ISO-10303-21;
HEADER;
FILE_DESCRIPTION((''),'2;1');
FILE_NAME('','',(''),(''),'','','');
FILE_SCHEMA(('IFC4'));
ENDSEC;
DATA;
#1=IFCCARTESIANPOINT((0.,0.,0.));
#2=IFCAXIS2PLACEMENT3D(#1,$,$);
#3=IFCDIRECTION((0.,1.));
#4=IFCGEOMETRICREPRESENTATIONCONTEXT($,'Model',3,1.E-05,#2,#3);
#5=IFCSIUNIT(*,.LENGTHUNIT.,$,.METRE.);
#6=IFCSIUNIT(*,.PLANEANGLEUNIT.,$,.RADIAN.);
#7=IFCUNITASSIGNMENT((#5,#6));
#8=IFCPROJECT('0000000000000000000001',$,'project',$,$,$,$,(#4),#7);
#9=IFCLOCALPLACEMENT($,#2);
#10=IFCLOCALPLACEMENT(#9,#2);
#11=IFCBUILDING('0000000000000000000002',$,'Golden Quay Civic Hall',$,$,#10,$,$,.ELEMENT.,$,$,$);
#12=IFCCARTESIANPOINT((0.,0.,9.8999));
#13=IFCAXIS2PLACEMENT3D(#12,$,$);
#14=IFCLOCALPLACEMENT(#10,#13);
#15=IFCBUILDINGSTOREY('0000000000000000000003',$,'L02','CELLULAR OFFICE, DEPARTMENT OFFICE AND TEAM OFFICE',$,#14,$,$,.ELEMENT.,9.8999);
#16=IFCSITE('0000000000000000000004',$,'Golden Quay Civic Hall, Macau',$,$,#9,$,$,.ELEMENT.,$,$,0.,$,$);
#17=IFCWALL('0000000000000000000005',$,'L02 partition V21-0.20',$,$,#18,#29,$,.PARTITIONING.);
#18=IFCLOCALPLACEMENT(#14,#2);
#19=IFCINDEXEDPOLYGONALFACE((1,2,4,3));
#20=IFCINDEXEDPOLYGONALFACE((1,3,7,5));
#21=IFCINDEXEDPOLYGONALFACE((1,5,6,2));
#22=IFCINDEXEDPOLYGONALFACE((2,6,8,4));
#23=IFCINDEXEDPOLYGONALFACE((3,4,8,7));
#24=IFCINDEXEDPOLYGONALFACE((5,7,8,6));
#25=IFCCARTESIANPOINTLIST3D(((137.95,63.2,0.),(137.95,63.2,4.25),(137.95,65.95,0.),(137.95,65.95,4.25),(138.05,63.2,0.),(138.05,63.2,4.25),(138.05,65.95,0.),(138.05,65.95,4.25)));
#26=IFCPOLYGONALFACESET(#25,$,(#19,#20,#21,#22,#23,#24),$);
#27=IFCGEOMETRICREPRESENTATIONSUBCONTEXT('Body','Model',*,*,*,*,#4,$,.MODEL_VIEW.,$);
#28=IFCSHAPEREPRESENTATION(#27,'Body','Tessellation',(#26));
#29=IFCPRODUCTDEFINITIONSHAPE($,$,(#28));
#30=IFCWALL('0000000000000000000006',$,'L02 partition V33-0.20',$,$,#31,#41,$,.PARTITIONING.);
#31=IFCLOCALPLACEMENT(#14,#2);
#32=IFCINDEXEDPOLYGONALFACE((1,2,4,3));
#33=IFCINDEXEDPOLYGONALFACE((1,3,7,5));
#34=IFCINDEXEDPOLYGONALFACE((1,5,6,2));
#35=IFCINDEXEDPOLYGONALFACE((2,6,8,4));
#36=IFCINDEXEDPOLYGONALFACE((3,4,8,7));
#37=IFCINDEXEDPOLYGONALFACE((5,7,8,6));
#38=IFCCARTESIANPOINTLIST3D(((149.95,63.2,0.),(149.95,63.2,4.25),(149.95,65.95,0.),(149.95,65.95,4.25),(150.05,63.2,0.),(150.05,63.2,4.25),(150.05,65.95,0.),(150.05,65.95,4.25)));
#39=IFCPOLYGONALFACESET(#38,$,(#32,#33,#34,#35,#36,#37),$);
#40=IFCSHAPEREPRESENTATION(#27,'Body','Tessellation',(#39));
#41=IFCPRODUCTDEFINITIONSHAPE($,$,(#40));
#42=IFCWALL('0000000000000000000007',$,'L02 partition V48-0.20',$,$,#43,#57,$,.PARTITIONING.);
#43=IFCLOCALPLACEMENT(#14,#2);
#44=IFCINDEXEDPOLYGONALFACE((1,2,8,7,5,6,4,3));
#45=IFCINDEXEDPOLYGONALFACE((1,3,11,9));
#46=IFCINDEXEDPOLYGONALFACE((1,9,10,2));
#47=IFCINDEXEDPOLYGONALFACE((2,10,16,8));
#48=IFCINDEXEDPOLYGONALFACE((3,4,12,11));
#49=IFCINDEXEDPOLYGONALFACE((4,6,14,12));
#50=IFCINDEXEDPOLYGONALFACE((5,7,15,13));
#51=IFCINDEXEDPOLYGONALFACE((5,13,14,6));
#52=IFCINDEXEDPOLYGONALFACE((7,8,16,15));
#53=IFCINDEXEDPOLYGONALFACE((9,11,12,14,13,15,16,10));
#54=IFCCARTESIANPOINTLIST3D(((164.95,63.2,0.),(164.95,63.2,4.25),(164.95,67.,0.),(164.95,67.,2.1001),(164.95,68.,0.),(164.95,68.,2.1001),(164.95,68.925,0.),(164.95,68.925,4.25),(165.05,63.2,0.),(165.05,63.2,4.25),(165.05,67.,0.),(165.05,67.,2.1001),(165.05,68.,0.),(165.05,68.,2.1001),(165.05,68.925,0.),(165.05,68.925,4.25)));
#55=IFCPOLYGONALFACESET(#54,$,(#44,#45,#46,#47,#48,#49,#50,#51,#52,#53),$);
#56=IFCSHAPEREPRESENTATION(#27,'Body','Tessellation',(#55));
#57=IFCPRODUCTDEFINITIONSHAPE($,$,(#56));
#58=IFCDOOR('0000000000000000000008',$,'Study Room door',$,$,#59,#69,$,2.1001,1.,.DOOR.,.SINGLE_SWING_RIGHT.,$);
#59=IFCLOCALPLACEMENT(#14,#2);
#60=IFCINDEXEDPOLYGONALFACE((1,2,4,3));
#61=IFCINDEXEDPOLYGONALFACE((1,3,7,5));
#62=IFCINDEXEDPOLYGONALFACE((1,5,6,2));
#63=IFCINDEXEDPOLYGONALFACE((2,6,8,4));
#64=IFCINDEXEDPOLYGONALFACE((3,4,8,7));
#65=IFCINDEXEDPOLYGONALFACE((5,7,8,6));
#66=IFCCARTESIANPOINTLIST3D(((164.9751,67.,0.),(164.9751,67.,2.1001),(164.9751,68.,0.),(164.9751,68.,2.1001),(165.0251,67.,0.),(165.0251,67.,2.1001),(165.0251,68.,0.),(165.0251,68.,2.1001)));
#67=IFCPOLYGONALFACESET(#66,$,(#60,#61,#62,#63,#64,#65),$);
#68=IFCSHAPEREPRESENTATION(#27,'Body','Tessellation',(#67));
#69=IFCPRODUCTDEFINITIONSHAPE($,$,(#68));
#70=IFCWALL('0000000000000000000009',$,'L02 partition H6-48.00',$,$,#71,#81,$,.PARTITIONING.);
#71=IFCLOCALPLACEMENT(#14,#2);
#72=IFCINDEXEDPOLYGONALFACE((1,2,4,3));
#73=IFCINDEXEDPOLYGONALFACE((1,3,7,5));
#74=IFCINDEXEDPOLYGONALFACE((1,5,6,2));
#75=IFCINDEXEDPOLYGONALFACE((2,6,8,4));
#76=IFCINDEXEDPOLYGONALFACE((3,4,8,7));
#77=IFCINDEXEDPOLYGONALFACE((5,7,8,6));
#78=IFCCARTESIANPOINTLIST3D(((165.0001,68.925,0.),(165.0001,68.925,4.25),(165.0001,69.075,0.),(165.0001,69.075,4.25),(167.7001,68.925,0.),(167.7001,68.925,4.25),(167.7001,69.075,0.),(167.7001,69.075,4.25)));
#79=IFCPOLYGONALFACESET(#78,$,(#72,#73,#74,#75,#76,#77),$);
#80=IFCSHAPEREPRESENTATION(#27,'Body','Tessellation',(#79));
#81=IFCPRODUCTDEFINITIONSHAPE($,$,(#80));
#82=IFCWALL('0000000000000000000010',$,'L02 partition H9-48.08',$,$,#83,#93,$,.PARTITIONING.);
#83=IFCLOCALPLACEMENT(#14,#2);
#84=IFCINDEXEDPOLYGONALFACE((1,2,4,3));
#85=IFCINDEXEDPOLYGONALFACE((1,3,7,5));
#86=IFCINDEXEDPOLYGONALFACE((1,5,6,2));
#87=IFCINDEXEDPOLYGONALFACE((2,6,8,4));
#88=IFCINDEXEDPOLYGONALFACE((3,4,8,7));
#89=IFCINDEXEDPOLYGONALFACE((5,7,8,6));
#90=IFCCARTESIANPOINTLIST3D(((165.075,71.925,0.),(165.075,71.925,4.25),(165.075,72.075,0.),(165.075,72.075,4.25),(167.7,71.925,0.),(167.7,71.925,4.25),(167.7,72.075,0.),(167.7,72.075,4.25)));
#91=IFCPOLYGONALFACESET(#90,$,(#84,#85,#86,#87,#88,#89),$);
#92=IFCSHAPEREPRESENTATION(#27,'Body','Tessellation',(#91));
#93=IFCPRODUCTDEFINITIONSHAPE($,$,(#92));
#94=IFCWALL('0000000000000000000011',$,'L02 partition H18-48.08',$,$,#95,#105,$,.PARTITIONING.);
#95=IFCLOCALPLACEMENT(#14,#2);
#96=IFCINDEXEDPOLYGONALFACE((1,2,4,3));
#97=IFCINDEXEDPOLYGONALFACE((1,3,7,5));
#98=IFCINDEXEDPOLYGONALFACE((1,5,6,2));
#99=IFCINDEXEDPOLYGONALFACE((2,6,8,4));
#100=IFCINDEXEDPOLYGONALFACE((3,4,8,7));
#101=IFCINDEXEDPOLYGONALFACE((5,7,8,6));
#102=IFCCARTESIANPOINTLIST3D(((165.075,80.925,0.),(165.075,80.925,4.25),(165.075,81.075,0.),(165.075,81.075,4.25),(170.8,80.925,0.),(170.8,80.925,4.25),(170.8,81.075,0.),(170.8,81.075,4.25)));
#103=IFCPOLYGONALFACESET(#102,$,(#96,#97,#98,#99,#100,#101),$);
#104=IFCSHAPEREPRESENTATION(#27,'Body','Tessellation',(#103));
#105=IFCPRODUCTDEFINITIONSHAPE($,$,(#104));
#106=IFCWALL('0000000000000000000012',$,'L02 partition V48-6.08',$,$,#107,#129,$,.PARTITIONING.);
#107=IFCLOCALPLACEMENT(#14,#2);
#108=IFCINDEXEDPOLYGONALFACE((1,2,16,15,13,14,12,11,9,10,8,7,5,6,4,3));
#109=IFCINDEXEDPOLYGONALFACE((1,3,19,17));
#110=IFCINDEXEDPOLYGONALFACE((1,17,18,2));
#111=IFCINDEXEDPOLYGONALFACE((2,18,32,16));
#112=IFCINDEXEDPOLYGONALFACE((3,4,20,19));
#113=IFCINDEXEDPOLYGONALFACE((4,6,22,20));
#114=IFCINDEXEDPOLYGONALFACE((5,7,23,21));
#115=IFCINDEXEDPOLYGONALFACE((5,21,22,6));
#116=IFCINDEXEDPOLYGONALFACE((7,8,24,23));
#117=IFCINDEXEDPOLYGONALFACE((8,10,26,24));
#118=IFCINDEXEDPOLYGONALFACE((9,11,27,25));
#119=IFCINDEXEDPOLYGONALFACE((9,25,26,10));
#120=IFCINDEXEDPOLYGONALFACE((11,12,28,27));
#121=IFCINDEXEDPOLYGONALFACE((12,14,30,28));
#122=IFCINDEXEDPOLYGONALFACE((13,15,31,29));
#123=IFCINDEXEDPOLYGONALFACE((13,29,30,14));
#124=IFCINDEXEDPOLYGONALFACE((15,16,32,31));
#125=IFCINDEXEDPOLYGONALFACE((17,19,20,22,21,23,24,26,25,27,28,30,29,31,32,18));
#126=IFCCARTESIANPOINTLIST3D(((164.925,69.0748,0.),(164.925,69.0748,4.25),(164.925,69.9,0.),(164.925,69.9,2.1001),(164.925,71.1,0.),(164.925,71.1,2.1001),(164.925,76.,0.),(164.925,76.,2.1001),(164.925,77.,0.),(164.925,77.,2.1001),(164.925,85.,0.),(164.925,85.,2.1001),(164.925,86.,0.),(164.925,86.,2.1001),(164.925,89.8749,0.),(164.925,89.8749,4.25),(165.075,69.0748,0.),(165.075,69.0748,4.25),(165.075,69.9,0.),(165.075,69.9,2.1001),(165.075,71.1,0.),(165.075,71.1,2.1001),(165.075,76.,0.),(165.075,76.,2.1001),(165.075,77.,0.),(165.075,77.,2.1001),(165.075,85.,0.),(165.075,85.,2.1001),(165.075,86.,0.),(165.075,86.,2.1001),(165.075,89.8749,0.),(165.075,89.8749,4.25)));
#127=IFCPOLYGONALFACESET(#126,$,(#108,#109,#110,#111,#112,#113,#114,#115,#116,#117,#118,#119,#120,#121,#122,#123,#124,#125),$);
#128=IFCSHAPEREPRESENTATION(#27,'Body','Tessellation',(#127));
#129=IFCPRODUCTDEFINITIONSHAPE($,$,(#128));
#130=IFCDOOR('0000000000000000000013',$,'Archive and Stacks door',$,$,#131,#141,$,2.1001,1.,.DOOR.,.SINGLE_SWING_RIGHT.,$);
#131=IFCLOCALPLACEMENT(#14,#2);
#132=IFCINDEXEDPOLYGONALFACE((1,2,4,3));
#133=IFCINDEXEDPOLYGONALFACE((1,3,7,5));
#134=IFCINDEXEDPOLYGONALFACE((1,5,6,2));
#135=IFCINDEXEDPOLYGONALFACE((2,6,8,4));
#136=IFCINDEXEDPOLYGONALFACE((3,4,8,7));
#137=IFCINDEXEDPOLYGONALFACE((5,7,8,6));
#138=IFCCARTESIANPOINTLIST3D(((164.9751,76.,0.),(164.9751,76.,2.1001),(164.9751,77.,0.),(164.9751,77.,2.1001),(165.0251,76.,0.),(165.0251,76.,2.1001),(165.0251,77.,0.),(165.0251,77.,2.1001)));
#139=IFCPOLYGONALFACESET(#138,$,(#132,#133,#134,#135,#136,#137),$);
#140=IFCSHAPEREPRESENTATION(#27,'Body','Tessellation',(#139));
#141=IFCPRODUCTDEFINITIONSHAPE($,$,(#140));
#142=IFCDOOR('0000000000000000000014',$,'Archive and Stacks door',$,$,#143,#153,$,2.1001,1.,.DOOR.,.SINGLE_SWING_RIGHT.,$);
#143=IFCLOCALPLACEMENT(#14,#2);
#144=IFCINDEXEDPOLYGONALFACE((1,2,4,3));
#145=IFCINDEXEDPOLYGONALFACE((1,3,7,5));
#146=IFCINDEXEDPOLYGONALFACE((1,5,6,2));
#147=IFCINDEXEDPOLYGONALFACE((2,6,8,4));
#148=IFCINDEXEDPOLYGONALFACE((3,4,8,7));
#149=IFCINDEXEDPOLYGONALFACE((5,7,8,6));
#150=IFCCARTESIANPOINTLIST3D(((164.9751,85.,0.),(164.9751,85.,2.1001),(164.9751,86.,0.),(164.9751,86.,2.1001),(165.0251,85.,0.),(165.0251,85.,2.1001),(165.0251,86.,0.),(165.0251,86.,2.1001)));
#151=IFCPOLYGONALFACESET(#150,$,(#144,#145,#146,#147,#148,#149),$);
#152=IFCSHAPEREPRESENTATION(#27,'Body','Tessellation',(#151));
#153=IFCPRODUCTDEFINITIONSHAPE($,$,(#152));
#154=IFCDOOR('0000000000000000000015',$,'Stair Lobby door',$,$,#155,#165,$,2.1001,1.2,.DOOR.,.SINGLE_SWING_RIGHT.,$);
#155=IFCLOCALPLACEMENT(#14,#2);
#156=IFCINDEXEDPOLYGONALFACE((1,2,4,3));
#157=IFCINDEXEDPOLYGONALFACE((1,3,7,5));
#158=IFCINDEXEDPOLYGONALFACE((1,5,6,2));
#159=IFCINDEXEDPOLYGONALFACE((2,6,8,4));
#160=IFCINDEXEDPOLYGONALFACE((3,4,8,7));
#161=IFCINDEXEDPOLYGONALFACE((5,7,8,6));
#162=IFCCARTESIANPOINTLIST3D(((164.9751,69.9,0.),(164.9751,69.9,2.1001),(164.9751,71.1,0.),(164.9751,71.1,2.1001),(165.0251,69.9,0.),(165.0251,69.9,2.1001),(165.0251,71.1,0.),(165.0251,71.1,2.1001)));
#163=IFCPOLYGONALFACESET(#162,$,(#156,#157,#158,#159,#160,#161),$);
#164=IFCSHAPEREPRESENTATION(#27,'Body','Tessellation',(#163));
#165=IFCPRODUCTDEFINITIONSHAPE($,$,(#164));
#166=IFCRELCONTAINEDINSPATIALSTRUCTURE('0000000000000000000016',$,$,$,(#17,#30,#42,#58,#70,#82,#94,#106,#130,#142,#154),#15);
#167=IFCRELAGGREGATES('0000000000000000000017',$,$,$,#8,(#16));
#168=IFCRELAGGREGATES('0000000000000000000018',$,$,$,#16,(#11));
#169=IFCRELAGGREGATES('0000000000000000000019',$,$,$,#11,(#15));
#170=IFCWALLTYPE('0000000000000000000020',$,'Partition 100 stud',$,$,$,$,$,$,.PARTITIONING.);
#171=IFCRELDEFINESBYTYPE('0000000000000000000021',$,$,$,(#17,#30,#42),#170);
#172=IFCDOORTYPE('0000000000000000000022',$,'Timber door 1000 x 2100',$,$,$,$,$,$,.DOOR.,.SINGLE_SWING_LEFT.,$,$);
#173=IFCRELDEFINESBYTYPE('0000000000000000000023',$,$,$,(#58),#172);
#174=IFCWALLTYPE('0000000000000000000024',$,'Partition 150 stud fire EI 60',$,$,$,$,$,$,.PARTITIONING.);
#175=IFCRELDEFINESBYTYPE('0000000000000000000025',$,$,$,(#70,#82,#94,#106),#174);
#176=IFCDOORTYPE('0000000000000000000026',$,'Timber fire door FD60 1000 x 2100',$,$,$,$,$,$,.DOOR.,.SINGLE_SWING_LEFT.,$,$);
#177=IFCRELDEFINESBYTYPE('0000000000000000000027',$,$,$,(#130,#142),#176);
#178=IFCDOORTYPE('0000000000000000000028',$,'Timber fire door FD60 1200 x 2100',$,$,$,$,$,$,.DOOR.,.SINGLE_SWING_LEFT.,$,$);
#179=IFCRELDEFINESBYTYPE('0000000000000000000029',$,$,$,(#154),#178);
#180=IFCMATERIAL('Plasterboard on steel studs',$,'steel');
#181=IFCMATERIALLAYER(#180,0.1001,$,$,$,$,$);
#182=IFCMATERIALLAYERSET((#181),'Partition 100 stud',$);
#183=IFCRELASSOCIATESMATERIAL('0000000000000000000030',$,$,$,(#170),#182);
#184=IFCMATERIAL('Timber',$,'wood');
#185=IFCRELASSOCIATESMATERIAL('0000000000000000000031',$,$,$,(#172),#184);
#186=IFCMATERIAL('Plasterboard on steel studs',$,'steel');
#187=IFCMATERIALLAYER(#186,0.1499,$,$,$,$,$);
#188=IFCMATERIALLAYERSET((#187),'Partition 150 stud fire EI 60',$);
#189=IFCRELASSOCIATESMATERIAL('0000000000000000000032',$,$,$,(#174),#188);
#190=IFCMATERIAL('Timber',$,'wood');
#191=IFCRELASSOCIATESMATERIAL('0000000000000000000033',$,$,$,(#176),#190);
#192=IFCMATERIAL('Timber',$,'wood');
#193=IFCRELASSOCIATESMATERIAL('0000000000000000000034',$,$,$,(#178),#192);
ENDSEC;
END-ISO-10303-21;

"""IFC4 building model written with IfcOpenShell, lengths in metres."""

from ifc_helpers import new_model, si_unit, direction, frame, frame_2d, origin, place, context, subcontext, project, spatial, rectangle, extrude, material, layer, layer_set, type_object, element, fill, save


model = new_model("IFC4")

# Units and contexts
model_context = context("Model", 3, precision=1e-05, world=origin(), true_north=direction((0.0, 1.0)))
body_context = subcontext(model_context, "Body", "Model", "MODEL_VIEW")
ifc_project = project(units=[si_unit("LENGTHUNIT", "METRE"), si_unit("PLANEANGLEUNIT", "RADIAN")], contexts=[model_context])

# Site, building, storey
site_placement = place(None, origin())
site = spatial("IfcSite", under=ifc_project, at=site_placement, Name="Golden Quay Civic Hall, Macau", CompositionType="ELEMENT", RefElevation=0.0)
building_placement = place(site_placement, origin())
building = spatial("IfcBuilding", under=site, at=building_placement, Name="Golden Quay Civic Hall", CompositionType="ELEMENT")
storey_placement = place(building_placement, frame((0.0, 0.0, 9.8999)))
storey = spatial("IfcBuildingStorey", under=building, at=storey_placement, Name="L02", Description="CELLULAR OFFICE, DEPARTMENT OFFICE AND TEAM OFFICE", CompositionType="ELEMENT", Elevation=9.8999)

# Walls
ifc_material_1 = material(Name="Plasterboard on steel studs", Category="steel")
ifc_layer_1 = layer(ifc_material_1, 0.1001)
ifc_layer_set_1 = layer_set([ifc_layer_1], Name="Partition 100 stud")
wall_type_1 = type_object("IfcWallType", Name="Partition 100 stud", PredefinedType="PARTITIONING", material=ifc_layer_set_1)
for number, where, z_axis, x_axis, name in (
    (1, (138.0, 63.2, 0.0), (0.0, 0.0, 1.0), (0.0, 1.0, 0.0), "L02 partition V21-0.20"),
    (2, (150.0, 63.2, 0.0), (0.0, 0.0, 1.0), (0.0, 1.0, 0.0), "L02 partition V33-0.20"),
):
    element("IfcWall", number, at=place(storey_placement, frame(where, z_axis=z_axis, x_axis=x_axis)), inside=storey, type_object=wall_type_1, Name=name, PredefinedType="PARTITIONING", context=body_context, shape_type="SweptSolid", body=[
        extrude(rectangle(XDim=2.75, YDim=0.1001, at=frame_2d((1.375, 0.0))), origin(), (0.0, 0.0, 1.0), 4.25),
    ])

# Wall, opening, door
wall_1_placement = place(storey_placement, frame((165.0, 63.2, 0.0), z_axis=(0.0, 0.0, 1.0), x_axis=(0.0, 1.0, 0.0)))
wall_1 = element("IfcWall", 3, at=wall_1_placement, inside=storey, type_object=wall_type_1, Name="L02 partition V48-0.20", PredefinedType="PARTITIONING", context=body_context, shape_type="SweptSolid", body=[
    extrude(rectangle(XDim=5.7251, YDim=0.1001, at=frame_2d((2.8625, 0.0))), origin(), (0.0, 0.0, 1.0), 4.25),
])
opening_1_placement = place(wall_1_placement, frame((3.8, 0.0, 0.0)))
opening_1 = element("IfcOpeningElement", 4, at=opening_1_placement, cuts=wall_1, PredefinedType="OPENING", context=body_context, shape_type="SweptSolid", body=[
    extrude(rectangle(XDim=1.0, YDim=2.1001, at=frame_2d((0.5, 1.05))), frame((0.0, 0.0601, 0.0), z_axis=(0.0, -1.0, 0.0), x_axis=(1.0, 0.0, 0.0)), (0.0, 0.0, 1.0), 0.1201),
])
ifc_material_2 = material(Name="Timber", Category="wood")
door_type_1 = type_object("IfcDoorType", Name="Timber door 1000 x 2100", OperationType="SINGLE_SWING_LEFT", PredefinedType="DOOR", material=ifc_material_2)
door_1_placement = place(opening_1_placement, frame((1.0, 0.0, 0.0), z_axis=(0.0, 0.0, 1.0), x_axis=(-1.0, 0.0, 0.0)))
door_1 = element("IfcDoor", 5, at=door_1_placement, inside=storey, type_object=door_type_1, Name="Study Room door", OperationType="SINGLE_SWING_RIGHT", OverallHeight=2.1001, OverallWidth=1.0, PredefinedType="DOOR", context=body_context, shape_type="SweptSolid", body=[
    extrude(rectangle(XDim=1.0, YDim=2.1001, at=frame_2d((0.5, 1.05))), frame((0.0, 0.0251, 0.0), z_axis=(0.0, -1.0, 0.0), x_axis=(1.0, 0.0, 0.0)), (0.0, 0.0, 1.0), 0.05),
])
fill(opening_1, door_1)

# Walls
ifc_material_3 = material(Name="Plasterboard on steel studs", Category="steel")
ifc_layer_2 = layer(ifc_material_3, 0.1499)
ifc_layer_set_2 = layer_set([ifc_layer_2], Name="Partition 150 stud fire EI 60")
wall_type_2 = type_object("IfcWallType", Name="Partition 150 stud fire EI 60", PredefinedType="PARTITIONING", material=ifc_layer_set_2)
wall_2_placement = place(storey_placement, frame((165.0, 69.0, 0.0), z_axis=(0.0, 0.0, 1.0), x_axis=(1.0, 0.0, 0.0)))
element("IfcWall", 6, at=wall_2_placement, inside=storey, type_object=wall_type_2, Name="L02 partition H6-48.00", PredefinedType="PARTITIONING", context=body_context, shape_type="SweptSolid", body=[
    extrude(rectangle(XDim=2.7, YDim=0.1499, at=frame_2d((1.3501, 0.0))), origin(), (0.0, 0.0, 1.0), 4.25),
])
wall_3_placement = place(storey_placement, frame((165.075, 72.0, 0.0), z_axis=(0.0, 0.0, 1.0), x_axis=(1.0, 0.0, 0.0)))
element("IfcWall", 7, at=wall_3_placement, inside=storey, type_object=wall_type_2, Name="L02 partition H9-48.08", PredefinedType="PARTITIONING", context=body_context, shape_type="SweptSolid", body=[
    extrude(rectangle(XDim=2.625, YDim=0.1499, at=frame_2d((1.3125, 0.0))), origin(), (0.0, 0.0, 1.0), 4.25),
])
wall_4_placement = place(storey_placement, frame((165.075, 81.0, 0.0), z_axis=(0.0, 0.0, 1.0), x_axis=(1.0, 0.0, 0.0)))
element("IfcWall", 8, at=wall_4_placement, inside=storey, type_object=wall_type_2, Name="L02 partition H18-48.08", PredefinedType="PARTITIONING", context=body_context, shape_type="SweptSolid", body=[
    extrude(rectangle(XDim=5.7251, YDim=0.1499, at=frame_2d((2.8625, 0.0))), origin(), (0.0, 0.0, 1.0), 4.25),
])

# Wall, openings, doors
wall_5_placement = place(storey_placement, frame((165.0, 69.075, 0.0), z_axis=(0.0, 0.0, 1.0), x_axis=(0.0, 1.0, 0.0)))
wall_5 = element("IfcWall", 9, at=wall_5_placement, inside=storey, type_object=wall_type_2, Name="L02 partition V48-6.08", PredefinedType="PARTITIONING", context=body_context, shape_type="SweptSolid", body=[
    extrude(rectangle(XDim=20.8, YDim=0.1499, at=frame_2d((10.3999, 0.0))), origin(), (0.0, 0.0, 1.0), 4.25),
])
opening_2_placement = place(wall_5_placement, frame((0.825, 0.0, 0.0)))
opening_2 = element("IfcOpeningElement", 10, at=opening_2_placement, cuts=wall_5, PredefinedType="OPENING", context=body_context, shape_type="SweptSolid", body=[
    extrude(rectangle(XDim=1.2, YDim=2.1001, at=frame_2d((0.6001, 1.05))), frame((0.0, 0.085, 0.0), z_axis=(0.0, -1.0, 0.0), x_axis=(1.0, 0.0, 0.0)), (0.0, 0.0, 1.0), 0.1699),
])
opening_3_placement = place(wall_5_placement, frame((6.925, 0.0, 0.0)))
opening_3 = element("IfcOpeningElement", 11, at=opening_3_placement, cuts=wall_5, PredefinedType="OPENING", context=body_context, shape_type="SweptSolid", body=[
    extrude(rectangle(XDim=1.0, YDim=2.1001, at=frame_2d((0.5, 1.05))), frame((0.0, 0.085, 0.0), z_axis=(0.0, -1.0, 0.0), x_axis=(1.0, 0.0, 0.0)), (0.0, 0.0, 1.0), 0.1699),
])
opening_4_placement = place(wall_5_placement, frame((15.925, 0.0, 0.0)))
opening_4 = element("IfcOpeningElement", 12, at=opening_4_placement, cuts=wall_5, PredefinedType="OPENING", context=body_context, shape_type="SweptSolid", body=[
    extrude(rectangle(XDim=1.0, YDim=2.1001, at=frame_2d((0.5, 1.05))), frame((0.0, 0.085, 0.0), z_axis=(0.0, -1.0, 0.0), x_axis=(1.0, 0.0, 0.0)), (0.0, 0.0, 1.0), 0.1699),
])
ifc_material_4 = material(Name="Timber", Category="wood")
door_type_2 = type_object("IfcDoorType", Name="Timber fire door FD60 1000 x 2100", OperationType="SINGLE_SWING_LEFT", PredefinedType="DOOR", material=ifc_material_4)
door_2_placement = place(opening_3_placement, frame((1.0, 0.0, 0.0), z_axis=(0.0, 0.0, 1.0), x_axis=(-1.0, 0.0, 0.0)))
door_2 = element("IfcDoor", 13, at=door_2_placement, inside=storey, type_object=door_type_2, Name="Archive and Stacks door", OperationType="SINGLE_SWING_RIGHT", OverallHeight=2.1001, OverallWidth=1.0, PredefinedType="DOOR", context=body_context, shape_type="SweptSolid", body=[
    extrude(rectangle(XDim=1.0, YDim=2.1001, at=frame_2d((0.5, 1.05))), frame((0.0, 0.0251, 0.0), z_axis=(0.0, -1.0, 0.0), x_axis=(1.0, 0.0, 0.0)), (0.0, 0.0, 1.0), 0.05),
])
fill(opening_3, door_2)
door_3_placement = place(opening_4_placement, frame((1.0, 0.0, 0.0), z_axis=(0.0, 0.0, 1.0), x_axis=(-1.0, 0.0, 0.0)))
door_3 = element("IfcDoor", 14, at=door_3_placement, inside=storey, type_object=door_type_2, Name="Archive and Stacks door", OperationType="SINGLE_SWING_RIGHT", OverallHeight=2.1001, OverallWidth=1.0, PredefinedType="DOOR", context=body_context, shape_type="SweptSolid", body=[
    extrude(rectangle(XDim=1.0, YDim=2.1001, at=frame_2d((0.5, 1.05))), frame((0.0, 0.0251, 0.0), z_axis=(0.0, -1.0, 0.0), x_axis=(1.0, 0.0, 0.0)), (0.0, 0.0, 1.0), 0.05),
])
fill(opening_4, door_3)
ifc_material_5 = material(Name="Timber", Category="wood")
door_type_3 = type_object("IfcDoorType", Name="Timber fire door FD60 1200 x 2100", OperationType="SINGLE_SWING_LEFT", PredefinedType="DOOR", material=ifc_material_5)
door_4_placement = place(opening_2_placement, frame((1.2, 0.0, 0.0), z_axis=(0.0, 0.0, 1.0), x_axis=(-1.0, 0.0, 0.0)))
door_4 = element("IfcDoor", 15, at=door_4_placement, inside=storey, type_object=door_type_3, Name="Stair Lobby door", OperationType="SINGLE_SWING_RIGHT", OverallHeight=2.1001, OverallWidth=1.2, PredefinedType="DOOR", context=body_context, shape_type="SweptSolid", body=[
    extrude(rectangle(XDim=1.2, YDim=2.1001, at=frame_2d((0.5999, 1.05))), frame((0.0, 0.0251, 0.0), z_axis=(0.0, -1.0, 0.0), x_axis=(1.0, 0.0, 0.0)), (0.0, 0.0, 1.0), 0.05),
])
fill(opening_2, door_4)

save(model, "model.ifc")
